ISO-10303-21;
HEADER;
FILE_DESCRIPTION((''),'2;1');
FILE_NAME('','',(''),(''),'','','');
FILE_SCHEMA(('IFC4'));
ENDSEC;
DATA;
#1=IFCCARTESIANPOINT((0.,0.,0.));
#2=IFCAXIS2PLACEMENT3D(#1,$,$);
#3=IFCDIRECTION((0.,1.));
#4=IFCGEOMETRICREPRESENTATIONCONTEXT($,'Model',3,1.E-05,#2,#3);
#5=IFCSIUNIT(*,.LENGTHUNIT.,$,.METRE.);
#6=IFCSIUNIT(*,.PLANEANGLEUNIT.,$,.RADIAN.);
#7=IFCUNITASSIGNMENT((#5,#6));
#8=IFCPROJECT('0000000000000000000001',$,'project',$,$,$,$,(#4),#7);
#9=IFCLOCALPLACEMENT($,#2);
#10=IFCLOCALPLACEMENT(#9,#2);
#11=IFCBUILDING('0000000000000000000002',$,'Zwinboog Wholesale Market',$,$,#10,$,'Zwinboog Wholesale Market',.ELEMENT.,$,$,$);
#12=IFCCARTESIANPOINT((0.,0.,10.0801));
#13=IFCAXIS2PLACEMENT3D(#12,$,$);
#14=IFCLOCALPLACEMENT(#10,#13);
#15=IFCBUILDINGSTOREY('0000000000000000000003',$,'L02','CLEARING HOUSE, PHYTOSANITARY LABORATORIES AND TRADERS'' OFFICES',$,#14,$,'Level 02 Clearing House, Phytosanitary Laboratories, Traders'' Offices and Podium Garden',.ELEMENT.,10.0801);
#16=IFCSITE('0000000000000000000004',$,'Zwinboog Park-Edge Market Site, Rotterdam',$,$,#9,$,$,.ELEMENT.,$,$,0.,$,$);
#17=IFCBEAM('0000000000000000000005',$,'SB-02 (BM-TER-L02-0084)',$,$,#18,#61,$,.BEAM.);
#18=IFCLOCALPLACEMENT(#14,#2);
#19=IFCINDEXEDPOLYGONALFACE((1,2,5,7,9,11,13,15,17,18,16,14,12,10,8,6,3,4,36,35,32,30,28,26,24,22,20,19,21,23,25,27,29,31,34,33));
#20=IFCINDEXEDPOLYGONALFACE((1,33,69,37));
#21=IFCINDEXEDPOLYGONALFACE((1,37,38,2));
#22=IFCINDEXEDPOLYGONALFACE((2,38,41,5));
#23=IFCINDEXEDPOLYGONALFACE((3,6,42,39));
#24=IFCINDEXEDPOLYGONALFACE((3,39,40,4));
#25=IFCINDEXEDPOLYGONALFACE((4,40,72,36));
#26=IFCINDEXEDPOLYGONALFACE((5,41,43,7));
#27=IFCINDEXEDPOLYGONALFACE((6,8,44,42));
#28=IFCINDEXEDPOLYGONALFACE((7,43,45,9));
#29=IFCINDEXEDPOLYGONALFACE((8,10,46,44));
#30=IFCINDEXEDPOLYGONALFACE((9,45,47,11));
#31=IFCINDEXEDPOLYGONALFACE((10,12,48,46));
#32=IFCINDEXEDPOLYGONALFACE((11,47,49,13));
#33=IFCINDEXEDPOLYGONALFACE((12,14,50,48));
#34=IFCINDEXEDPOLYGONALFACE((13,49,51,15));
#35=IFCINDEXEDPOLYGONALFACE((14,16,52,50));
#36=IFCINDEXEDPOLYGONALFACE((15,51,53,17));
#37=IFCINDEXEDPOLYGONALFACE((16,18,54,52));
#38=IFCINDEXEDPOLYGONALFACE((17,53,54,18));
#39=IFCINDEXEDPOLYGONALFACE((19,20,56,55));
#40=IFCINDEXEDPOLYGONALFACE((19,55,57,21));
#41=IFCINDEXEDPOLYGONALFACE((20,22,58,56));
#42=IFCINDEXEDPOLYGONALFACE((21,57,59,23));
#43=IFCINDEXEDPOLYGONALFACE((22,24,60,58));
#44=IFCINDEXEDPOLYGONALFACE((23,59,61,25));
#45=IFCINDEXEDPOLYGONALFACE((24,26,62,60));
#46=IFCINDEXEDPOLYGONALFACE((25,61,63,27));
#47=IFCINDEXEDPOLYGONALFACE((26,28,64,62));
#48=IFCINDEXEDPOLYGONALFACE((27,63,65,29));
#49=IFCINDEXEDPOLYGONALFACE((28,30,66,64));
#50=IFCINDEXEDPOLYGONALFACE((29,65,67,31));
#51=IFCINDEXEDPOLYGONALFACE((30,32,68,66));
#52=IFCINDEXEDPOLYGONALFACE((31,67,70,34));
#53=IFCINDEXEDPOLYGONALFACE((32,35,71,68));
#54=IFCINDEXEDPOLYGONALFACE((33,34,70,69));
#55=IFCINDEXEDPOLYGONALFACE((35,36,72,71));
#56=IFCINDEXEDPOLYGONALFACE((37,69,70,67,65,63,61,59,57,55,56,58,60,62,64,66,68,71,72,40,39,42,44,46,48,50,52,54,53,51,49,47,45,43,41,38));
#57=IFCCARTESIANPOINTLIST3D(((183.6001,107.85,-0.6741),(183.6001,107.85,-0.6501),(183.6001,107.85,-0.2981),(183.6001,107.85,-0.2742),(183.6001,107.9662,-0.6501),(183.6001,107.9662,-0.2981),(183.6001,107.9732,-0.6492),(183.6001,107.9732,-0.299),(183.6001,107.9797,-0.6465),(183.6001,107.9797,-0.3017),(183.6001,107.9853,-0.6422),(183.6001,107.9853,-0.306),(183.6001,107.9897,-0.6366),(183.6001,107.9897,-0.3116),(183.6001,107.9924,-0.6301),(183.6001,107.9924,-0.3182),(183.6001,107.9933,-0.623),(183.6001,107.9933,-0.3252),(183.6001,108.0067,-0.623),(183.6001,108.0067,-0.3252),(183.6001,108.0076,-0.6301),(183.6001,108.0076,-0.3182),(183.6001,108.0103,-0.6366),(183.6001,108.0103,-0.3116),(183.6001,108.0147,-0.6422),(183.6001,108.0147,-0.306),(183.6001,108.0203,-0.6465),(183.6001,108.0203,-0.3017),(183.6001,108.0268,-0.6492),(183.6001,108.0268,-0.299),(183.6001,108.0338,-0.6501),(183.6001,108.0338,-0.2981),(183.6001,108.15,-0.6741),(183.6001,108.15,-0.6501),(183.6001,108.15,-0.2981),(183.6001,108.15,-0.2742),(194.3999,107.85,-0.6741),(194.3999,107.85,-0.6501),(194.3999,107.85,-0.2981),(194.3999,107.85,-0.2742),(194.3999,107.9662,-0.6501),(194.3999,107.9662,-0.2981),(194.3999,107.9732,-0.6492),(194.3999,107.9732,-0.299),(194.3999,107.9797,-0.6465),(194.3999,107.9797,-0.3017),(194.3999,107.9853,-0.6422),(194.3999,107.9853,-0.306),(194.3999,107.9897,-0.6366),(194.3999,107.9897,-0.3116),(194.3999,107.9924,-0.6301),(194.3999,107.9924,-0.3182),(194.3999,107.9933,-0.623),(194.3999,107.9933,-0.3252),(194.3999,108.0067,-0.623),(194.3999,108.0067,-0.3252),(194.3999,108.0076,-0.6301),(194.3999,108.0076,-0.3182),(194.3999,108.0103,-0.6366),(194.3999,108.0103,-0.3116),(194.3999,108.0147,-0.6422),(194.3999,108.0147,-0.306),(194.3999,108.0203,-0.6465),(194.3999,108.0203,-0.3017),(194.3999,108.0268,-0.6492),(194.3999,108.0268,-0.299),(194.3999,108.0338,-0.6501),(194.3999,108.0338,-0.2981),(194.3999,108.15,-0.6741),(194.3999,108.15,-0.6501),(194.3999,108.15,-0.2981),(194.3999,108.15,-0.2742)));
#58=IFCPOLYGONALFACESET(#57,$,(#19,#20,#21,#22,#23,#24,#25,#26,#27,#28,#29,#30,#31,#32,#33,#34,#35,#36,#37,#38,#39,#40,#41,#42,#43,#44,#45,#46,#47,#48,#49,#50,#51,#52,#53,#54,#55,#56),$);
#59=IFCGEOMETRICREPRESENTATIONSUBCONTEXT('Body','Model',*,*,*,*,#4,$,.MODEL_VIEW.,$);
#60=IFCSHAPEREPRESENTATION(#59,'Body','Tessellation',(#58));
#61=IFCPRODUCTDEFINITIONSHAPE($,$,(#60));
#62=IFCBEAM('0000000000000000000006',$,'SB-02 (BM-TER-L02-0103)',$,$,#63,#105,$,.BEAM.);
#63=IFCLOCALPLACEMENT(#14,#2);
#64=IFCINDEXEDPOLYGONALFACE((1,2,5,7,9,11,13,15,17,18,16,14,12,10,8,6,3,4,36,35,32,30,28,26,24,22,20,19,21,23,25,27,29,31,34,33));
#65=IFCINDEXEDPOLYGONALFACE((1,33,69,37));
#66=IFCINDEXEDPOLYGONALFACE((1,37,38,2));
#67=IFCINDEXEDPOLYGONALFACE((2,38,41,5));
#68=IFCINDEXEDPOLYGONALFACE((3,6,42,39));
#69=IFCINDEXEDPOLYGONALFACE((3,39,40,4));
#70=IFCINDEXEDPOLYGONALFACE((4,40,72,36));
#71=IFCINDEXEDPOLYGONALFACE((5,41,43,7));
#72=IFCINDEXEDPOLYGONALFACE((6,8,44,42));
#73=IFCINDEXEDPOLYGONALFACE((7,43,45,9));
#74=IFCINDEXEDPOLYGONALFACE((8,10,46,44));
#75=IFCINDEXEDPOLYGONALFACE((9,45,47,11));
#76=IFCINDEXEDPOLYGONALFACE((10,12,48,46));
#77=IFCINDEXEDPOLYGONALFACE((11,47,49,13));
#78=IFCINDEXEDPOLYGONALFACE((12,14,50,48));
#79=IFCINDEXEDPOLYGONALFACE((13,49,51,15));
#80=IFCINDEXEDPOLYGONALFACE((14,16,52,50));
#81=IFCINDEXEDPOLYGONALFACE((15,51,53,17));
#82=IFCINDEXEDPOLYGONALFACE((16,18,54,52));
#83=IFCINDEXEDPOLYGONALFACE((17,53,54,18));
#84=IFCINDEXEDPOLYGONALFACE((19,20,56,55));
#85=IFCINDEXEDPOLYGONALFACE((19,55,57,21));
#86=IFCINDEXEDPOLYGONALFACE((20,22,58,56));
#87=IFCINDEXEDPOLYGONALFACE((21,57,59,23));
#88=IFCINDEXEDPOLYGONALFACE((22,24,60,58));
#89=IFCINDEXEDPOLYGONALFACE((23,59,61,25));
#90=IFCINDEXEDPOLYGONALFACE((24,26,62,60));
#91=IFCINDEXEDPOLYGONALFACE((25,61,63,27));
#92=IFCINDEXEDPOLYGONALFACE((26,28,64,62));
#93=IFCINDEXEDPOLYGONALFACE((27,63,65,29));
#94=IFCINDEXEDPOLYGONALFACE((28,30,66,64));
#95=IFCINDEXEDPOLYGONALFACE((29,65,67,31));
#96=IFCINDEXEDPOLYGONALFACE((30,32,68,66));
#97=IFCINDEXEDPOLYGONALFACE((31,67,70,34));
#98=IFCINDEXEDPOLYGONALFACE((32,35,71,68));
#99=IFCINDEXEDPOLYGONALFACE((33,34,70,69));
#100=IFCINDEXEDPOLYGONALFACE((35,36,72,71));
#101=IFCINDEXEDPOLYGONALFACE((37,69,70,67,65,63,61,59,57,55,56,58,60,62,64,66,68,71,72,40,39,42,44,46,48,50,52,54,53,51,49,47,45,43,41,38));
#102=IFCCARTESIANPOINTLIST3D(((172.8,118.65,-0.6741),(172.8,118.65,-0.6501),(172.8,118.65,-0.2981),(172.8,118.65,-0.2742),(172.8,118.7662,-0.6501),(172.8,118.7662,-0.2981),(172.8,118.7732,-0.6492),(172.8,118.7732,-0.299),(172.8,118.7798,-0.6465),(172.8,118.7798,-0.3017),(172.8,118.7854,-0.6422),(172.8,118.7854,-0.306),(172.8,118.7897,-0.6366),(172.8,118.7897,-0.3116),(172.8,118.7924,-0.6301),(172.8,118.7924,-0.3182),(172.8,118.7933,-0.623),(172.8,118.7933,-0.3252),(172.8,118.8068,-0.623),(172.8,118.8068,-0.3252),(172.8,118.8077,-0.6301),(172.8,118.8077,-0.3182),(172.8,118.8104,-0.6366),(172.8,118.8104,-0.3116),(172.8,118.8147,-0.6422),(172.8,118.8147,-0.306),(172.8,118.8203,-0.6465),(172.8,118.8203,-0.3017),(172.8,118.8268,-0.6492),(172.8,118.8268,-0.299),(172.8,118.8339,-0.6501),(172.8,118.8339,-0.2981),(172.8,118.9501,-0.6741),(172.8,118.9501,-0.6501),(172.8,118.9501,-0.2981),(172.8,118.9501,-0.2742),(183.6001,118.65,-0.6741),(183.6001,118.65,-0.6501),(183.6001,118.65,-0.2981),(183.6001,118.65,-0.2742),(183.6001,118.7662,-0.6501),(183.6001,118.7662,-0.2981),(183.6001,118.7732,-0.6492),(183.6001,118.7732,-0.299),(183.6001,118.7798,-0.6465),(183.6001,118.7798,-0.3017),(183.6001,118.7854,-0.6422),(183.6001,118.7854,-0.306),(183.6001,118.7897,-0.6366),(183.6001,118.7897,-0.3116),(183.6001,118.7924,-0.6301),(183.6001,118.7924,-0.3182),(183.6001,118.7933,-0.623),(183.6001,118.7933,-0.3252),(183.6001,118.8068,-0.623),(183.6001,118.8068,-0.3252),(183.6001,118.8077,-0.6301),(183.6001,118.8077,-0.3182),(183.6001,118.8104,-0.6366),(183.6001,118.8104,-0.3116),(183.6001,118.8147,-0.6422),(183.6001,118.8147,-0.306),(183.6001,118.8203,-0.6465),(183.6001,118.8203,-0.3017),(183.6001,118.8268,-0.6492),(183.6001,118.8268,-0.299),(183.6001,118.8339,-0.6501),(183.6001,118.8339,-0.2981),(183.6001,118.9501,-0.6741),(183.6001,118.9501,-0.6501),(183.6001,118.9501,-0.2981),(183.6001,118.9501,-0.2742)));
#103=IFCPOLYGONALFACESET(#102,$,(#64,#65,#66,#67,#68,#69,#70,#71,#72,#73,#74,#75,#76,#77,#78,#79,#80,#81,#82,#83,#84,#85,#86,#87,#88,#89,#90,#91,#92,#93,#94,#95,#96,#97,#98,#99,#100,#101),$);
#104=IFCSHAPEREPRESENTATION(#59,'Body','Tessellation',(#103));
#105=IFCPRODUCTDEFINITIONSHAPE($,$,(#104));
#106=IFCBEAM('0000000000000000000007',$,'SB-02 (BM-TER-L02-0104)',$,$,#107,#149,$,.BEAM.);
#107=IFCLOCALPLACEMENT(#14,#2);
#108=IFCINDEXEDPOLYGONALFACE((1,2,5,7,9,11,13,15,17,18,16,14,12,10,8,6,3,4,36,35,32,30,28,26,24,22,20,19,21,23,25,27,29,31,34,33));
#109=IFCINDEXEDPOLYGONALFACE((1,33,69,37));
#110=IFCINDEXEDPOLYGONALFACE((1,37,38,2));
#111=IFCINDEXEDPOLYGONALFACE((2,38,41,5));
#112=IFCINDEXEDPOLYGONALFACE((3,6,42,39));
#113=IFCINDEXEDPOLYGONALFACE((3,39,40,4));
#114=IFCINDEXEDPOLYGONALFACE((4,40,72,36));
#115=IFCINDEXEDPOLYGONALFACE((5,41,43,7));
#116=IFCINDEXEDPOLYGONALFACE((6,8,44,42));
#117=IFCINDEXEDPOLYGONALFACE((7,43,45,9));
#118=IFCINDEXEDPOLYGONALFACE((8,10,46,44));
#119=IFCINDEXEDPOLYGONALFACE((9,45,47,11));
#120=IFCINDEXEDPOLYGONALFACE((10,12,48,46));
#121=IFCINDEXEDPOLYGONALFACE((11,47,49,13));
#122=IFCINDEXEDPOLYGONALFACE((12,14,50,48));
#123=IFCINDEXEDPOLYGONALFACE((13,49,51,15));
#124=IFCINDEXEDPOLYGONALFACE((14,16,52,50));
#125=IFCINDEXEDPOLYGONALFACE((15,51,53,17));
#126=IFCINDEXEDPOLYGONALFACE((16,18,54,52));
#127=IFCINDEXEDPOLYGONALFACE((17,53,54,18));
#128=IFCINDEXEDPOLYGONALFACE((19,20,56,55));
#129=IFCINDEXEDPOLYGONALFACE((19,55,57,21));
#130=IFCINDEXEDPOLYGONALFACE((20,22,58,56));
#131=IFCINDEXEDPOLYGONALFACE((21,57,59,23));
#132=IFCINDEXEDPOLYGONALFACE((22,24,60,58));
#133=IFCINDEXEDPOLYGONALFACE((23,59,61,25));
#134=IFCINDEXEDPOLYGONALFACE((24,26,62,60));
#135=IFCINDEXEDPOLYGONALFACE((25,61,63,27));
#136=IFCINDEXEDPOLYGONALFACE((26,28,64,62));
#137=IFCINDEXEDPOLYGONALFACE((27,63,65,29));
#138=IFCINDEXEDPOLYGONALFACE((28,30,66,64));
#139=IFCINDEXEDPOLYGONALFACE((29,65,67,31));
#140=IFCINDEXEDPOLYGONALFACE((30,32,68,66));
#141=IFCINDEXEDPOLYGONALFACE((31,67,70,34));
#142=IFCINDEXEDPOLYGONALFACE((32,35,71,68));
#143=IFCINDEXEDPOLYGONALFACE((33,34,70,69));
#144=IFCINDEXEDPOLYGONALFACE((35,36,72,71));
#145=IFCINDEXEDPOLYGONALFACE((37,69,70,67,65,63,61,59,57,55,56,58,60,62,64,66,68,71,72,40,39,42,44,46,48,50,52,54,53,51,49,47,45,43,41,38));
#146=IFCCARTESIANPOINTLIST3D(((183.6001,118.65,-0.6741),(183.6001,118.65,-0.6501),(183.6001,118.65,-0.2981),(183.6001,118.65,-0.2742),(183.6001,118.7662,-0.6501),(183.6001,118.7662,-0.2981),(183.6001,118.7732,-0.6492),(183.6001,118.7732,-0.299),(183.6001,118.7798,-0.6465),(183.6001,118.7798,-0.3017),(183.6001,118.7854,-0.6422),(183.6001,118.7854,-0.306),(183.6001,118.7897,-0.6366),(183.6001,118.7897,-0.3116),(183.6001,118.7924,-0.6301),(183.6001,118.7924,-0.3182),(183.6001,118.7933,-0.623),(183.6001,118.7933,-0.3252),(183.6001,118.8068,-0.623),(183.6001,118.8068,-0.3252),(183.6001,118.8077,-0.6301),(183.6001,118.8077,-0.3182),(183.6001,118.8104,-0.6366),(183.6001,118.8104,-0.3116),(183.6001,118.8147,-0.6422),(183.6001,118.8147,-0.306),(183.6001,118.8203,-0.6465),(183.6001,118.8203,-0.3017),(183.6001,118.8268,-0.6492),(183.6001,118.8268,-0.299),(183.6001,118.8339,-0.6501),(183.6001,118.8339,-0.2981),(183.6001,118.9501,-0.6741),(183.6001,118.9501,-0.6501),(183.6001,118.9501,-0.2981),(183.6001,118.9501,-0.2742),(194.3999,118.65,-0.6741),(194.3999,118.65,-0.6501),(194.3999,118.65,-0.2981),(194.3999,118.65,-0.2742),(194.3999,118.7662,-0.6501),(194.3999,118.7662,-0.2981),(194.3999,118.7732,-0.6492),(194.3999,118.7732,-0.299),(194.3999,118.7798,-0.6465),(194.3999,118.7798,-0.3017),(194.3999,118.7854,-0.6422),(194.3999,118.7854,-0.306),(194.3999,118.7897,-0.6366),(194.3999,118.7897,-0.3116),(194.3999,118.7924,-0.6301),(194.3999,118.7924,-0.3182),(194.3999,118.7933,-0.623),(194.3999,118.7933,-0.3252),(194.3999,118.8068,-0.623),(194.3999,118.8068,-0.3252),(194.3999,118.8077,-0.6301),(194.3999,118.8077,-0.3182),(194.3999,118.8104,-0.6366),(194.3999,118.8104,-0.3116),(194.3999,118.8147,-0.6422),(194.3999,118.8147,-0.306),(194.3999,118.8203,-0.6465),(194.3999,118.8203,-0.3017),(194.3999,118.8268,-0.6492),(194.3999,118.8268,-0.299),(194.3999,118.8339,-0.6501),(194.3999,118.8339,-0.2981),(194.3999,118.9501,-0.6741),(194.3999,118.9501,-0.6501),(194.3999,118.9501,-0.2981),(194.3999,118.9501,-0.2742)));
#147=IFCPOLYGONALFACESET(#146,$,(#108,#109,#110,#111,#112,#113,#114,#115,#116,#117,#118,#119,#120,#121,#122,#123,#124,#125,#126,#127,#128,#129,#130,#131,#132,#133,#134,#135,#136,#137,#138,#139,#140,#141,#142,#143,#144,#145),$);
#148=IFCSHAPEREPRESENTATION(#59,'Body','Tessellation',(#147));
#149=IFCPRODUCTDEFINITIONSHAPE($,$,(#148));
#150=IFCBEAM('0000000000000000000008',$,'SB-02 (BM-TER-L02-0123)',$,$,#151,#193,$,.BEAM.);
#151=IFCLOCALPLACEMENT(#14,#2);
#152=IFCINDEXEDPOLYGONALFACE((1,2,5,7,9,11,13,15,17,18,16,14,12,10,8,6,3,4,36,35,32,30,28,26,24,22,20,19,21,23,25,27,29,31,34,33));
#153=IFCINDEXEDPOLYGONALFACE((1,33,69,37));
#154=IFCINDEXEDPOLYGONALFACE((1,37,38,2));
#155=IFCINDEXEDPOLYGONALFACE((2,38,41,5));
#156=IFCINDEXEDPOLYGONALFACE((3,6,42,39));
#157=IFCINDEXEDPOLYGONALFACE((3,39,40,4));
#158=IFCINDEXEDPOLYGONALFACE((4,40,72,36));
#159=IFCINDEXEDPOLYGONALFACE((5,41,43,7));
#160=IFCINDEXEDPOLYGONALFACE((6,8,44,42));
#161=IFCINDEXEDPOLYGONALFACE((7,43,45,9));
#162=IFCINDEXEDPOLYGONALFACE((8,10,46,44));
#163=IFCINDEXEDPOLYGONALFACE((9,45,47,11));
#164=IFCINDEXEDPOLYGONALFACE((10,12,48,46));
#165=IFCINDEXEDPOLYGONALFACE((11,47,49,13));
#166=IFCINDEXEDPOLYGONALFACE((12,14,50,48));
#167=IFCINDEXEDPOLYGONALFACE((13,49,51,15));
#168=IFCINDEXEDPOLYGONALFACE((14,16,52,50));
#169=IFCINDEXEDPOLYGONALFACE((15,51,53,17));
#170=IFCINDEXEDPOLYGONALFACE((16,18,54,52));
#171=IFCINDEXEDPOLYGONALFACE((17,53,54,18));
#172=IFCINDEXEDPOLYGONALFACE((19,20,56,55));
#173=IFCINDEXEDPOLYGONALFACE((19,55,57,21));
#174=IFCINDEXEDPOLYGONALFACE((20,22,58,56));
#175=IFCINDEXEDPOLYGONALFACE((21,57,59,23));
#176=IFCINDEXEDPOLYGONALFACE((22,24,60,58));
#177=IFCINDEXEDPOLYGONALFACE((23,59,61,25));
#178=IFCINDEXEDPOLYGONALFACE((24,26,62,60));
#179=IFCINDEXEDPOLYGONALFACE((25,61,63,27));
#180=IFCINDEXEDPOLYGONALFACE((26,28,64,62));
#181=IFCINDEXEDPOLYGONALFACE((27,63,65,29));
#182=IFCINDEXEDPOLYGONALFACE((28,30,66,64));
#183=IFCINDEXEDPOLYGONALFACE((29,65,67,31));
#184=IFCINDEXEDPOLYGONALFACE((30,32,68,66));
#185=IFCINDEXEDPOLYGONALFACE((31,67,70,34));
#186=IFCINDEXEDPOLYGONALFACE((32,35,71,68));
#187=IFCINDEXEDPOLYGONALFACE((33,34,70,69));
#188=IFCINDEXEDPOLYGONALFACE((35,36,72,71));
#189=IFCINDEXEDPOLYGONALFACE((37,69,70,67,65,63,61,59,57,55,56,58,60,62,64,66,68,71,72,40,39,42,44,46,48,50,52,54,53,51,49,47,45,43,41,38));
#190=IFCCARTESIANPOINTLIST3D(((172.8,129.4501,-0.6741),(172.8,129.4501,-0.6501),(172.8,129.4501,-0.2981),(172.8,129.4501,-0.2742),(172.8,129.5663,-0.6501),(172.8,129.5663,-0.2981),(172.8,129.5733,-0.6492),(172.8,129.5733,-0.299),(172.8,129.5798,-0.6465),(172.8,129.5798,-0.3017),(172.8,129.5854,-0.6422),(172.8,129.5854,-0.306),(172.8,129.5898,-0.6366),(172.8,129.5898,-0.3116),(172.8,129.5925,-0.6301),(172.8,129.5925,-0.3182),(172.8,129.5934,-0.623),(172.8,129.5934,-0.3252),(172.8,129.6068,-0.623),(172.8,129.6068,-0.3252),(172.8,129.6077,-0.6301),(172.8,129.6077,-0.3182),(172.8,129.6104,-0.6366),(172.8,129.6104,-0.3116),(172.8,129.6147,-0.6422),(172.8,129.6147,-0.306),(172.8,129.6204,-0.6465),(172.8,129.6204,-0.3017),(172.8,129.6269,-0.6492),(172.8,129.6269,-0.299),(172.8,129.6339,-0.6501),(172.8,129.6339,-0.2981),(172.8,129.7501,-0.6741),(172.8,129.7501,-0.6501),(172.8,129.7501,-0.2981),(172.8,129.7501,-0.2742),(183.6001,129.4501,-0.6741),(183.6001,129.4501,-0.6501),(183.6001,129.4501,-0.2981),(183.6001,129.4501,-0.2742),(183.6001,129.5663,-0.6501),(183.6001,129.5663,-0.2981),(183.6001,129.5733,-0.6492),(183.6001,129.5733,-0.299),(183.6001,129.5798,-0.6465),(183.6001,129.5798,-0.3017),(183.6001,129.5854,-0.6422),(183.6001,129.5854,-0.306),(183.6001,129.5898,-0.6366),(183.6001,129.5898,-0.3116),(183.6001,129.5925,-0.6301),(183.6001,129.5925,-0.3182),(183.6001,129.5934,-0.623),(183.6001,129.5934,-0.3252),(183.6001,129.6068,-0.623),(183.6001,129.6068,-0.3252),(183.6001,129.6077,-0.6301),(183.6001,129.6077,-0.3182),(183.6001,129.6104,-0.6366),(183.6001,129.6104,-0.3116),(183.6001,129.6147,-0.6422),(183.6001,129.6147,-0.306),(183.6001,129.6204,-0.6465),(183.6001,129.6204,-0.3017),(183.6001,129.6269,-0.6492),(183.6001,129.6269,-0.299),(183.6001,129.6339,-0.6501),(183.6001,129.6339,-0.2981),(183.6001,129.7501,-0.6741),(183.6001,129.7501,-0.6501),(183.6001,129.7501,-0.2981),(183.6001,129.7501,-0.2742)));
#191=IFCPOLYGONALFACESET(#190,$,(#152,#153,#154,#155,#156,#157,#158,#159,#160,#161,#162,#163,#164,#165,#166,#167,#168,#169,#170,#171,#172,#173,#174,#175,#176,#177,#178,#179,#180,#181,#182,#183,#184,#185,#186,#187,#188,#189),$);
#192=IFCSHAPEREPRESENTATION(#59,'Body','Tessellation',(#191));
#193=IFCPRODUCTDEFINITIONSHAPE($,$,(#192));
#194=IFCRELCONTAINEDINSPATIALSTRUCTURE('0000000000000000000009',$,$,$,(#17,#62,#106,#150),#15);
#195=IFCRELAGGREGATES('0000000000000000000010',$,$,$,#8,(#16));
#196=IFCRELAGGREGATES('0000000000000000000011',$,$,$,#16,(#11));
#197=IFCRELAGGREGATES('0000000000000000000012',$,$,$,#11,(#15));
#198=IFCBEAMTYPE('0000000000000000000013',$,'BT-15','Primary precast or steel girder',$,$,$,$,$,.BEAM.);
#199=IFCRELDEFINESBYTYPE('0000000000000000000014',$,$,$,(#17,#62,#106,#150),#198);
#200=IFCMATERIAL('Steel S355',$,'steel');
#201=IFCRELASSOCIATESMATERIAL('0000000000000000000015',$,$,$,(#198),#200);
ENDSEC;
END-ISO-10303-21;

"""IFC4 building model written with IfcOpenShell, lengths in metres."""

from ifc_helpers import new_model, si_unit, direction, frame, origin, origin_2d, place, context, subcontext, project, spatial, i_section, extrude, material, material_profile, profile_set, type_object, element, save


model = new_model("IFC4")

# Units and contexts
model_context = context("Model", 3, precision=1e-05, world=origin(), true_north=direction((0.0, 1.0)))
body_context = subcontext(model_context, "Body", "Model", "MODEL_VIEW")
ifc_project = project(units=[si_unit("LENGTHUNIT", "METRE"), si_unit("PLANEANGLEUNIT", "RADIAN")], contexts=[model_context])

# Site, building, storey
site_placement = place(None, origin())
site = spatial("IfcSite", under=ifc_project, at=site_placement, Name="Zwinboog Park-Edge Market Site, Rotterdam", CompositionType="ELEMENT", RefElevation=0.0)
building_placement = place(site_placement, origin())
building = spatial("IfcBuilding", under=site, at=building_placement, Name="Zwinboog Wholesale Market", LongName="Zwinboog Wholesale Market", CompositionType="ELEMENT")
storey_placement = place(building_placement, frame((0.0, 0.0, 10.0801)))
storey = spatial("IfcBuildingStorey", under=building, at=storey_placement, Name="L02", Description="CLEARING HOUSE, PHYTOSANITARY LABORATORIES AND TRADERS' OFFICES", LongName="Level 02 Clearing House, Phytosanitary Laboratories, Traders' Offices and Podium Garden", CompositionType="ELEMENT", Elevation=10.0801)

# Beams
ifc_material_1 = material(Name="Steel S355", Category="steel")
ifc_material_profile_1 = material_profile(ifc_material_1, i_section(OverallWidth=0.3, OverallDepth=0.3999, WebThickness=0.0134, FlangeThickness=0.0239, FilletRadius=0.0271, at=origin_2d()), Name="HEB 400")
ifc_profile_set_1 = profile_set([ifc_material_profile_1], Name="Steel S355")
beam_type_1 = type_object("IfcBeamType", Name="BT-15", Description="Primary precast or steel girder", PredefinedType="BEAM", material=ifc_profile_set_1)
beam_1_placement = place(storey_placement, frame((183.6001, 108.0, -0.4741), z_axis=(1.0, 0.0, 0.0), x_axis=(0.0, 1.0, 0.0)))
element("IfcBeam", 1, at=beam_1_placement, inside=storey, type_object=beam_type_1, Name="SB-02 (BM-TER-L02-0084)", PredefinedType="BEAM", context=body_context, shape_type="SweptSolid", body=[
    extrude(i_section(OverallWidth=0.3, OverallDepth=0.3999, WebThickness=0.0134, FlangeThickness=0.0239, FilletRadius=0.0271, at=origin_2d()), origin(), (0.0, 0.0, 1.0), 10.7998),
])
beam_2_placement = place(storey_placement, frame((172.8, 118.8, -0.4741), z_axis=(1.0, 0.0, 0.0), x_axis=(0.0, 1.0, 0.0)))
element("IfcBeam", 2, at=beam_2_placement, inside=storey, type_object=beam_type_1, Name="SB-02 (BM-TER-L02-0103)", PredefinedType="BEAM", context=body_context, shape_type="SweptSolid", body=[
    extrude(i_section(OverallWidth=0.3, OverallDepth=0.3999, WebThickness=0.0134, FlangeThickness=0.0239, FilletRadius=0.0271, at=origin_2d()), origin(), (0.0, 0.0, 1.0), 10.8),
])
beam_3_placement = place(storey_placement, frame((183.6001, 118.8, -0.4741), z_axis=(1.0, 0.0, 0.0), x_axis=(0.0, 1.0, 0.0)))
element("IfcBeam", 3, at=beam_3_placement, inside=storey, type_object=beam_type_1, Name="SB-02 (BM-TER-L02-0104)", PredefinedType="BEAM", context=body_context, shape_type="SweptSolid", body=[
    extrude(i_section(OverallWidth=0.3, OverallDepth=0.3999, WebThickness=0.0134, FlangeThickness=0.0239, FilletRadius=0.0271, at=origin_2d()), origin(), (0.0, 0.0, 1.0), 10.7998),
])
beam_4_placement = place(storey_placement, frame((172.8, 129.6001, -0.4741), z_axis=(1.0, 0.0, 0.0), x_axis=(0.0, 1.0, 0.0)))
element("IfcBeam", 4, at=beam_4_placement, inside=storey, type_object=beam_type_1, Name="SB-02 (BM-TER-L02-0123)", PredefinedType="BEAM", context=body_context, shape_type="SweptSolid", body=[
    extrude(i_section(OverallWidth=0.3, OverallDepth=0.3999, WebThickness=0.0134, FlangeThickness=0.0239, FilletRadius=0.0271, at=origin_2d()), origin(), (0.0, 0.0, 1.0), 10.8),
])

save(model, "model.ifc")
